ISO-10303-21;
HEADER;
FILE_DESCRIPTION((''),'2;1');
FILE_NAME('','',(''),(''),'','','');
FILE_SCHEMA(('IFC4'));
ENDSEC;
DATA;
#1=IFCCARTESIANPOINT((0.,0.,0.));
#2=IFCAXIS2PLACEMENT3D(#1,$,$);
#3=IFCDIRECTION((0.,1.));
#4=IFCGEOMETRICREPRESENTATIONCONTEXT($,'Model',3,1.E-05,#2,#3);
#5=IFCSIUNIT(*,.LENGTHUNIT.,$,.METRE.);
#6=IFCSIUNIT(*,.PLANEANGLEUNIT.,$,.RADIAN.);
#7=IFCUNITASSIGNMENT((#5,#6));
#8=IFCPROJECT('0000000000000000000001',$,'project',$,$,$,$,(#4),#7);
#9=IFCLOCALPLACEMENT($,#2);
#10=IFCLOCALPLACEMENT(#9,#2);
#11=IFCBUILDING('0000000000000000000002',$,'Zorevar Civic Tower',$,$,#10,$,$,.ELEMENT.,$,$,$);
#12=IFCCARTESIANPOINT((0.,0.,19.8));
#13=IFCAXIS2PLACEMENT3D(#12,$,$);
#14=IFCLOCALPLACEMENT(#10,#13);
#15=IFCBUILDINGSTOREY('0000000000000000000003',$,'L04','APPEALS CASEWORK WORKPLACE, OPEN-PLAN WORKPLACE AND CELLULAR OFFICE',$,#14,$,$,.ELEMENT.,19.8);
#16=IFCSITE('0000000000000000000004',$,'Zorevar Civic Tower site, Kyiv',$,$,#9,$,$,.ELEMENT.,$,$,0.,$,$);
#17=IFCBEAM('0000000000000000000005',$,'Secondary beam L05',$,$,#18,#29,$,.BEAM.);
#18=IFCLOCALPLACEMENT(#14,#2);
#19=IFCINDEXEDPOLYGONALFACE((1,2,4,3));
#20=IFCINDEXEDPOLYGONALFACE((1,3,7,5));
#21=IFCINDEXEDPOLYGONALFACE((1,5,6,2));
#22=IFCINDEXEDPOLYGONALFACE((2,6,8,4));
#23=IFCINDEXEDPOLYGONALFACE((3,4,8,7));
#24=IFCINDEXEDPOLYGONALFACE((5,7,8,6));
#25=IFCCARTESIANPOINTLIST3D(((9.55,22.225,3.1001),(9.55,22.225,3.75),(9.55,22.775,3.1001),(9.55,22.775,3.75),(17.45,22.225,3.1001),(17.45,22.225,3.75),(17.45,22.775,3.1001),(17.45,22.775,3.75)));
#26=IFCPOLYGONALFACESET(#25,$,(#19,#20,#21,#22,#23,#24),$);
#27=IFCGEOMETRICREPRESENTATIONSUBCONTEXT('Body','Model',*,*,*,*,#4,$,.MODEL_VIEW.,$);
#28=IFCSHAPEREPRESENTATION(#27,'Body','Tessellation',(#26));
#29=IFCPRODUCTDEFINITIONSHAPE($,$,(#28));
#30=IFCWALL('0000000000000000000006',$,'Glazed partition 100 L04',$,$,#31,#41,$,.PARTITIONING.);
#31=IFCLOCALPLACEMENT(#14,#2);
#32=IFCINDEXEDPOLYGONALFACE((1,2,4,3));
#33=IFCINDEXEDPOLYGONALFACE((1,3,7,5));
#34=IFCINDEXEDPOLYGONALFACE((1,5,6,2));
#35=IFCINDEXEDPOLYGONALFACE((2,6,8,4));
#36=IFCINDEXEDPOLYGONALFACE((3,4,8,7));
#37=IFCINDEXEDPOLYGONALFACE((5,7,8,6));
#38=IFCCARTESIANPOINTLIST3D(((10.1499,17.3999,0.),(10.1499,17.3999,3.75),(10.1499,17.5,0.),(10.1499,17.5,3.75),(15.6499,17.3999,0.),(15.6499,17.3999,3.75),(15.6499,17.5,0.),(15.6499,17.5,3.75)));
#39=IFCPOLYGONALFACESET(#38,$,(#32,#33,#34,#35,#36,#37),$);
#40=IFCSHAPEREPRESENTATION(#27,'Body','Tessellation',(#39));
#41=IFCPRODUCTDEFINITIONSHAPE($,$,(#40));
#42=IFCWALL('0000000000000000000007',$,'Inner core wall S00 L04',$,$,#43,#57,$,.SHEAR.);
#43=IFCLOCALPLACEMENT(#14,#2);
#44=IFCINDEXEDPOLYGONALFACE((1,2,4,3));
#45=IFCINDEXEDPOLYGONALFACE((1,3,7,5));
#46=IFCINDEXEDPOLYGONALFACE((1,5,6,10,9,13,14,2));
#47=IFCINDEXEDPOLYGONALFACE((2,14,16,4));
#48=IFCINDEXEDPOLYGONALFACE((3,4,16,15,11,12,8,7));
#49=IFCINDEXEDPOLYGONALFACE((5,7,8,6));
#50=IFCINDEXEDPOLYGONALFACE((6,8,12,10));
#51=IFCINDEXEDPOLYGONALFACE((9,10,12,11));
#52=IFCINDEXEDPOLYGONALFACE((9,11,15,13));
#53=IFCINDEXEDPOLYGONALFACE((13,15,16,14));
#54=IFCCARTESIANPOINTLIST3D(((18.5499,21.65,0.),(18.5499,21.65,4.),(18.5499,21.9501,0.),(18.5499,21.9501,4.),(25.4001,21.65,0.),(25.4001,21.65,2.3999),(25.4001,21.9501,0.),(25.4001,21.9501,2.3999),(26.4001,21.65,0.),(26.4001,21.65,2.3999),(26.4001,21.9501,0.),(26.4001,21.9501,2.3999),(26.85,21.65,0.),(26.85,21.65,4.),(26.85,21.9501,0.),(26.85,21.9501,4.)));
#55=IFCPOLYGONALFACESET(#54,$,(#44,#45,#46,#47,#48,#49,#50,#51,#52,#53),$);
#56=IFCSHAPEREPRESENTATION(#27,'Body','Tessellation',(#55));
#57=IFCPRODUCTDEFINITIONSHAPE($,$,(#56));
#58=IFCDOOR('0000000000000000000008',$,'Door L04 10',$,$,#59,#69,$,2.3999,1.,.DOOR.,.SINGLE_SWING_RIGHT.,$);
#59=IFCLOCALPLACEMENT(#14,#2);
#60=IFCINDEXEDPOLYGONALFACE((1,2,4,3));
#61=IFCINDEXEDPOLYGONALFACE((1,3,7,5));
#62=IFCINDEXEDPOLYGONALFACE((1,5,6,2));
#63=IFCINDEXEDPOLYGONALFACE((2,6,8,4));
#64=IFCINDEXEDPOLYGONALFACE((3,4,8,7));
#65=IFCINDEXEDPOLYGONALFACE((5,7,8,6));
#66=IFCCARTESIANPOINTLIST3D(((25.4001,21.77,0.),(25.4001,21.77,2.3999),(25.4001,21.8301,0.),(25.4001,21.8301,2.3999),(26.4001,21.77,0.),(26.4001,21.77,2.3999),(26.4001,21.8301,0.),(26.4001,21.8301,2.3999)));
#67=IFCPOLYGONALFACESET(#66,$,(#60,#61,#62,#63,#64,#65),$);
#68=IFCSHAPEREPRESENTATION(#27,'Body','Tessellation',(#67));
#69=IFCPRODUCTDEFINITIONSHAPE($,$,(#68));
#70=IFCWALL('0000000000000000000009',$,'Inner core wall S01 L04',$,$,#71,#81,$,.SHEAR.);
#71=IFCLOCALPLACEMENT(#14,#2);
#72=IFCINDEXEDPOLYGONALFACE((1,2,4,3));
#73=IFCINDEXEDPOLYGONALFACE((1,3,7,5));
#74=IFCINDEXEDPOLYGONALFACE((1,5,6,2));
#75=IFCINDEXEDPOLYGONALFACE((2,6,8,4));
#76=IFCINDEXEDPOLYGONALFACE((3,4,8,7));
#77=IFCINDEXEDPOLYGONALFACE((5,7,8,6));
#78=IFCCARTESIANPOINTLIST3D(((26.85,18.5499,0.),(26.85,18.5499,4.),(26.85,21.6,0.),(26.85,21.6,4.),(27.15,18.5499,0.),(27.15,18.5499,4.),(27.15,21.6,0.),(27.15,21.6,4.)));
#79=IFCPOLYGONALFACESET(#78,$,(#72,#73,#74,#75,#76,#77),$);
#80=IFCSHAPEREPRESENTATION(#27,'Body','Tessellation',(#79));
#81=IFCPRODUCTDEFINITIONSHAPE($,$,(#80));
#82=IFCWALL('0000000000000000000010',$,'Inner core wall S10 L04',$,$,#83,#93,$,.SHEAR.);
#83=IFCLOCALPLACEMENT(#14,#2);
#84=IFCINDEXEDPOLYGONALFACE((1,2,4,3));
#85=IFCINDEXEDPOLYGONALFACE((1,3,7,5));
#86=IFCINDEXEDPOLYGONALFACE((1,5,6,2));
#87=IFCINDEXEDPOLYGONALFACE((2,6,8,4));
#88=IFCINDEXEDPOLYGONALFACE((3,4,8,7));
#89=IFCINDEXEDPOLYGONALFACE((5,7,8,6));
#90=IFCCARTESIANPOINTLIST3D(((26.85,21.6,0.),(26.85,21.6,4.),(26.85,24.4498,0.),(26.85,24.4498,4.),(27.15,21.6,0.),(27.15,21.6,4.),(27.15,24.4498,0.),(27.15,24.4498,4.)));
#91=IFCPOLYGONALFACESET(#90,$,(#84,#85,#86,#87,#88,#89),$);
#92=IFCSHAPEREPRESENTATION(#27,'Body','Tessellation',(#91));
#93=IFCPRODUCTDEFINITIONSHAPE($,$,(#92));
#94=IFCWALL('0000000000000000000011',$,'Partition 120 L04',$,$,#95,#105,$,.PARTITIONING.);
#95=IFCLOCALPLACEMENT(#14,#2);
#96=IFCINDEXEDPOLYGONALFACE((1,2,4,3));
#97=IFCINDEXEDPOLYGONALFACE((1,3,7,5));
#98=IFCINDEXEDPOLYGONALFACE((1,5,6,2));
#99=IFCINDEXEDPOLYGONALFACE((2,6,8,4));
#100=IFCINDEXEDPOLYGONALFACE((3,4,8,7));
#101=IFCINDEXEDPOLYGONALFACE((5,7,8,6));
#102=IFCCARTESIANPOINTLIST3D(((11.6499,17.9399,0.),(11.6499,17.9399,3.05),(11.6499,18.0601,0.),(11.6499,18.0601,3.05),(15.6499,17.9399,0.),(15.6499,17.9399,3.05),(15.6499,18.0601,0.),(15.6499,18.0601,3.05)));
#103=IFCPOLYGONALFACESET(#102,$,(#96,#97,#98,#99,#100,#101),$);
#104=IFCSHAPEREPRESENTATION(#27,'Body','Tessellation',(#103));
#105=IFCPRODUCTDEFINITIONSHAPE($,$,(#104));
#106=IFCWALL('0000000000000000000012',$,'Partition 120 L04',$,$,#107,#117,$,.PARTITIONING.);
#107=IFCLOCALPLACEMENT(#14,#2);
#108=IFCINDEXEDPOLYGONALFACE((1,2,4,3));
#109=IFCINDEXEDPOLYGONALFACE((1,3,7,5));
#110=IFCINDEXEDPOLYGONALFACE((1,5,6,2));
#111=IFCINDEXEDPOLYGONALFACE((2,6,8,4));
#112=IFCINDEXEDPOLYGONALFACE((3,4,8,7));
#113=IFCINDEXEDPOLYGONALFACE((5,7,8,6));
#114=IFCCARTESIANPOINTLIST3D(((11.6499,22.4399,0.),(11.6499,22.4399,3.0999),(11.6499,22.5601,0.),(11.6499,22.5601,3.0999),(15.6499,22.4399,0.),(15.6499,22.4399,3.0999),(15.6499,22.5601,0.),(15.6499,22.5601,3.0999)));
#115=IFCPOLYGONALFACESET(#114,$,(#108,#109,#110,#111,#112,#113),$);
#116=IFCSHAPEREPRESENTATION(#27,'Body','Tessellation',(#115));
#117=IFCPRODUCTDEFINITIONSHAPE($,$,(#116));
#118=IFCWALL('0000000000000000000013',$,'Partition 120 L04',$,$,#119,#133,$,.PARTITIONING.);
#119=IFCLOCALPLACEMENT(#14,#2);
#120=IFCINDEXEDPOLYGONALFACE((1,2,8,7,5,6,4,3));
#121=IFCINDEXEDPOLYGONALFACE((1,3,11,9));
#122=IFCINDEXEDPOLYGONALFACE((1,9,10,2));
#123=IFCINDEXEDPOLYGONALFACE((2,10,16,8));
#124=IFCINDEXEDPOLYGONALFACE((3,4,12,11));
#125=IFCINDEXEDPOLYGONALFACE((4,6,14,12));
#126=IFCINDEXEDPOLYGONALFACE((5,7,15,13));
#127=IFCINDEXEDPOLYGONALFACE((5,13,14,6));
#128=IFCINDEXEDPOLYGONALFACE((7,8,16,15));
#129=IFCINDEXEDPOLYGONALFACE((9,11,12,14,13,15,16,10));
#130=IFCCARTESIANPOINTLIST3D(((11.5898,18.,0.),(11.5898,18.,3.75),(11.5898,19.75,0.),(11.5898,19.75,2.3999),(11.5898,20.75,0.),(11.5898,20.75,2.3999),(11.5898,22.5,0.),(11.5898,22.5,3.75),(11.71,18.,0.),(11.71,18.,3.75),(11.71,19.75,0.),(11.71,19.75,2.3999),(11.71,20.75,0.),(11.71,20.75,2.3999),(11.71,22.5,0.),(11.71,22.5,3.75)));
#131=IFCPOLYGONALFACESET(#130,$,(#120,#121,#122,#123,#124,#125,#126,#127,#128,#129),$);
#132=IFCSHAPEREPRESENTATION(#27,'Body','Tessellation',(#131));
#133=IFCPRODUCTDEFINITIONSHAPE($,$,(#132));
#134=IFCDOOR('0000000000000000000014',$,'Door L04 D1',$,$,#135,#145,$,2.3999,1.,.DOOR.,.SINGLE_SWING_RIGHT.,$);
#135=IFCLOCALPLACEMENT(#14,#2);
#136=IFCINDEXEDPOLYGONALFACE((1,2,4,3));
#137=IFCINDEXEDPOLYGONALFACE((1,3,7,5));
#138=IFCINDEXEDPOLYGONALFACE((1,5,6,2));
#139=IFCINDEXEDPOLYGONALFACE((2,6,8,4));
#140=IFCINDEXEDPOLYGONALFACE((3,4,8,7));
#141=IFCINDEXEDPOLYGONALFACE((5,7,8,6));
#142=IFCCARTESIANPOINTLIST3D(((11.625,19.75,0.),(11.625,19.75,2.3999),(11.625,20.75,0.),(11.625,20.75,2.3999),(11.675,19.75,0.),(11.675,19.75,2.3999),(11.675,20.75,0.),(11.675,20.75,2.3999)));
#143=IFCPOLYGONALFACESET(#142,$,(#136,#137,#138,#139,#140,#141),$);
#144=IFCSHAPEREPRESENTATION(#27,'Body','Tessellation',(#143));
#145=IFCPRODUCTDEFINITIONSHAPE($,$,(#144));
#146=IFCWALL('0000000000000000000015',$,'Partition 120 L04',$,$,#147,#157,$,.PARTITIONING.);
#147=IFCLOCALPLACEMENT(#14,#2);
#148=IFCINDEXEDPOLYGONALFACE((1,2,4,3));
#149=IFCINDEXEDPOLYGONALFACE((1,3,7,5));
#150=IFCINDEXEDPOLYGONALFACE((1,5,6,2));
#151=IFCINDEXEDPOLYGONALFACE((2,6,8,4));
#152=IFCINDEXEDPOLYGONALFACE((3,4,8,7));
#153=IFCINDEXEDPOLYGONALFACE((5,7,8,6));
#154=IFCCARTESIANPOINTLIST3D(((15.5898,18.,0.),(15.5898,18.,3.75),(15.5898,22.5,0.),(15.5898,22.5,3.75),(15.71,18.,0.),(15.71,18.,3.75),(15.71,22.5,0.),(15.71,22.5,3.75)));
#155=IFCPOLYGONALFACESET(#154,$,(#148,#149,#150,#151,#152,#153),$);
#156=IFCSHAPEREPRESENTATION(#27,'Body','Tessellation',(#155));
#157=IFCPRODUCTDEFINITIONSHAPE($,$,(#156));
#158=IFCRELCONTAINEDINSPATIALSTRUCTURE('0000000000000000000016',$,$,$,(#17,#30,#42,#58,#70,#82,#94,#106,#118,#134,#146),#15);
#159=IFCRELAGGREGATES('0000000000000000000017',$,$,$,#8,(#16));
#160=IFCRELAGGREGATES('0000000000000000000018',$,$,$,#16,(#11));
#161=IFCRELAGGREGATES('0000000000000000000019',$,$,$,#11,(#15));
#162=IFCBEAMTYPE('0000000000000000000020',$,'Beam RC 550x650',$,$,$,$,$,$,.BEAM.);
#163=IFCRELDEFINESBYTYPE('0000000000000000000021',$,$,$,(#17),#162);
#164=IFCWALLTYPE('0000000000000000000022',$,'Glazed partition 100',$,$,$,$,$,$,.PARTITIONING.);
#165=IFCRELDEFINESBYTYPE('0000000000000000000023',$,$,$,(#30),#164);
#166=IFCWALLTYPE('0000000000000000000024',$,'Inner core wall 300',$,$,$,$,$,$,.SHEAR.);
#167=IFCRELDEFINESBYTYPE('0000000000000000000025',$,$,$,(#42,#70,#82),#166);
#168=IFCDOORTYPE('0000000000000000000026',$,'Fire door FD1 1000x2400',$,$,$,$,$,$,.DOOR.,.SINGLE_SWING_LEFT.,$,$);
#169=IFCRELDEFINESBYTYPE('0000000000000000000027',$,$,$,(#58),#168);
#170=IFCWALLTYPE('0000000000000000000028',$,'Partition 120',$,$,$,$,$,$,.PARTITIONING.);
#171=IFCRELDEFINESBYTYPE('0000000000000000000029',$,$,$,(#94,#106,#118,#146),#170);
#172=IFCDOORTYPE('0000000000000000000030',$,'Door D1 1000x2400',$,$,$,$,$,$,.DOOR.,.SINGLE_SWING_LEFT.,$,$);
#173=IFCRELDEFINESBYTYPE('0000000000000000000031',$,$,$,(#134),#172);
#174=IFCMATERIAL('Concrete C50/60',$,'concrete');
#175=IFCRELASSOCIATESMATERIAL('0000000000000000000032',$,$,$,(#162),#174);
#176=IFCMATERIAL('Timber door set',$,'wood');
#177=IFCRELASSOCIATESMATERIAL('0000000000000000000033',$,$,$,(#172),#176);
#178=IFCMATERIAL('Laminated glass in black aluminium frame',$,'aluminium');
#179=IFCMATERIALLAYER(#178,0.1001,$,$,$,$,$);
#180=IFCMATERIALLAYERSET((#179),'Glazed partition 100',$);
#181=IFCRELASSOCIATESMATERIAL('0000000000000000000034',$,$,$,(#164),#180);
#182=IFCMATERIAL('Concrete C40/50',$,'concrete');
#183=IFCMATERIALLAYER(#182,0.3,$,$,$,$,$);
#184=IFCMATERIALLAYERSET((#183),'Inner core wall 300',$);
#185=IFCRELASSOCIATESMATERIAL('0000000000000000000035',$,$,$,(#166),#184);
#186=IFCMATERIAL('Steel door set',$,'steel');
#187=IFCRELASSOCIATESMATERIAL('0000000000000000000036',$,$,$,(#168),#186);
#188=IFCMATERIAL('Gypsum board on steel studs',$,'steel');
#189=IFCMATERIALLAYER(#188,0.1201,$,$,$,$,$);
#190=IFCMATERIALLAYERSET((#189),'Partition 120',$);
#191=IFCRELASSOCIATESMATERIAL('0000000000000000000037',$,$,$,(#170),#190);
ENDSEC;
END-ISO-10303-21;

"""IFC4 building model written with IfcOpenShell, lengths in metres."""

from ifc_helpers import new_model, si_unit, direction, frame, frame_2d, origin, origin_2d, place, context, subcontext, project, spatial, rectangle, extrude, material, layer, layer_set, material_profile, profile_set, type_object, element, fill, save


model = new_model("IFC4")

# Units and contexts
model_context = context("Model", 3, precision=1e-05, world=origin(), true_north=direction((0.0, 1.0)))
body_context = subcontext(model_context, "Body", "Model", "MODEL_VIEW")
ifc_project = project(units=[si_unit("LENGTHUNIT", "METRE"), si_unit("PLANEANGLEUNIT", "RADIAN")], contexts=[model_context])

# Site, building, storey
site_placement = place(None, origin())
site = spatial("IfcSite", under=ifc_project, at=site_placement, Name="Zorevar Civic Tower site, Kyiv", CompositionType="ELEMENT", RefElevation=0.0)
building_placement = place(site_placement, origin())
building = spatial("IfcBuilding", under=site, at=building_placement, Name="Zorevar Civic Tower", CompositionType="ELEMENT")
storey_placement = place(building_placement, frame((0.0, 0.0, 19.8)))
storey = spatial("IfcBuildingStorey", under=building, at=storey_placement, Name="L04", Description="APPEALS CASEWORK WORKPLACE, OPEN-PLAN WORKPLACE AND CELLULAR OFFICE", CompositionType="ELEMENT", Elevation=19.8)

# Beam
ifc_material_1 = material(Name="Concrete C50/60", Category="concrete")
ifc_material_profile = material_profile(ifc_material_1, rectangle(XDim=0.55, YDim=0.6499, at=origin_2d()), Name="RC 550x650")
ifc_profile_set = profile_set([ifc_material_profile], Name="Concrete C50/60")
beam_type = type_object("IfcBeamType", Name="Beam RC 550x650", PredefinedType="BEAM", material=ifc_profile_set)
beam_placement = place(storey_placement, frame((9.55, 22.5, 3.425), z_axis=(1.0, 0.0, 0.0), x_axis=(0.0, 1.0, 0.0)))
element("IfcBeam", 1, at=beam_placement, inside=storey, type_object=beam_type, Name="Secondary beam L05", PredefinedType="BEAM", context=body_context, shape_type="SweptSolid", body=[
    extrude(rectangle(XDim=0.55, YDim=0.6499, at=origin_2d()), origin(), (0.0, 0.0, 1.0), 7.8999),
])

# Shared definitions
ifc_material_2 = material(Name="Timber door set", Category="wood")
door_type_1 = type_object("IfcDoorType", Name="Door D1 1000x2400", OperationType="SINGLE_SWING_LEFT", PredefinedType="DOOR", material=ifc_material_2)

# Wall
ifc_material_3 = material(Name="Laminated glass in black aluminium frame", Category="aluminium")
ifc_layer_1 = layer(ifc_material_3, 0.1001)
ifc_layer_set_1 = layer_set([ifc_layer_1], Name="Glazed partition 100")
wall_type_1 = type_object("IfcWallType", Name="Glazed partition 100", PredefinedType="PARTITIONING", material=ifc_layer_set_1)
wall_1_placement = place(storey_placement, frame((10.1499, 17.45, 0.0), z_axis=(0.0, 0.0, 1.0), x_axis=(1.0, 0.0, 0.0)))
element("IfcWall", 2, at=wall_1_placement, inside=storey, type_object=wall_type_1, Name="Glazed partition 100 L04", PredefinedType="PARTITIONING", context=body_context, shape_type="SweptSolid", body=[
    extrude(rectangle(XDim=5.5, YDim=0.1001, at=frame_2d((2.75, 0.0))), origin(), (0.0, 0.0, 1.0), 3.75),
])

# Wall, opening, door
ifc_material_4 = material(Name="Concrete C40/50", Category="concrete")
ifc_layer_2 = layer(ifc_material_4, 0.3)
ifc_layer_set_2 = layer_set([ifc_layer_2], Name="Inner core wall 300")
wall_type_2 = type_object("IfcWallType", Name="Inner core wall 300", PredefinedType="SHEAR", material=ifc_layer_set_2)
wall_2_placement = place(storey_placement, frame((18.55, 21.8, 0.0), z_axis=(0.0, 0.0, 1.0), x_axis=(1.0, 0.0, 0.0)))
wall_2 = element("IfcWall", 3, at=wall_2_placement, inside=storey, type_object=wall_type_2, Name="Inner core wall S00 L04", PredefinedType="SHEAR", context=body_context, shape_type="SweptSolid", body=[
    extrude(rectangle(XDim=8.3, YDim=0.3, at=frame_2d((4.1499, 0.0))), origin(), (0.0, 0.0, 1.0), 4.0),
])
opening_1_placement = place(wall_2_placement, frame((6.8501, 0.0, 0.0)))
opening_1 = element("IfcOpeningElement", 4, at=opening_1_placement, cuts=wall_2, PredefinedType="OPENING", context=body_context, shape_type="SweptSolid", body=[
    extrude(rectangle(XDim=1.0, YDim=2.3999, at=frame_2d((0.5, 1.2))), frame((0.0, 0.1599, 0.0), z_axis=(0.0, -1.0, 0.0), x_axis=(1.0, 0.0, 0.0)), (0.0, 0.0, 1.0), 0.3201),
])
ifc_material_5 = material(Name="Steel door set", Category="steel")
door_type_2 = type_object("IfcDoorType", Name="Fire door FD1 1000x2400", OperationType="SINGLE_SWING_LEFT", PredefinedType="DOOR", material=ifc_material_5)
door_1_placement = place(opening_1_placement, origin())
door_1 = element("IfcDoor", 5, at=door_1_placement, inside=storey, type_object=door_type_2, Name="Door L04 10", OperationType="SINGLE_SWING_RIGHT", OverallHeight=2.3999, OverallWidth=1.0, PredefinedType="DOOR", context=body_context, shape_type="SweptSolid", body=[
    extrude(rectangle(XDim=1.0, YDim=2.3999, at=frame_2d((0.5, 1.2))), frame((0.0, 0.03, 0.0), z_axis=(0.0, -1.0, 0.0), x_axis=(1.0, 0.0, 0.0)), (0.0, 0.0, 1.0), 0.0601),
])
fill(opening_1, door_1)

# Wall
wall_3_placement = place(storey_placement, frame((27.0, 18.55, 0.0), z_axis=(0.0, 0.0, 1.0), x_axis=(0.0, 1.0, 0.0)))
element("IfcWall", 6, at=wall_3_placement, inside=storey, type_object=wall_type_2, Name="Inner core wall S01 L04", PredefinedType="SHEAR", context=body_context, shape_type="SweptSolid", body=[
    extrude(rectangle(XDim=3.05, YDim=0.3, at=frame_2d((1.5249, 0.0))), origin(), (0.0, 0.0, 1.0), 4.0),
])

# Walls
wall_4_placement = place(storey_placement, frame((27.0, 21.6001, 0.0), z_axis=(0.0, 0.0, 1.0), x_axis=(0.0, 1.0, 0.0)))
element("IfcWall", 7, at=wall_4_placement, inside=storey, type_object=wall_type_2, Name="Inner core wall S10 L04", PredefinedType="SHEAR", context=body_context, shape_type="SweptSolid", body=[
    extrude(rectangle(XDim=2.8499, YDim=0.3, at=frame_2d((1.4248, 0.0))), origin(), (0.0, 0.0, 1.0), 4.0),
])
ifc_material_6 = material(Name="Gypsum board on steel studs", Category="steel")
ifc_layer_3 = layer(ifc_material_6, 0.1201)
ifc_layer_set_3 = layer_set([ifc_layer_3], Name="Partition 120")
wall_type_3 = type_object("IfcWallType", Name="Partition 120", PredefinedType="PARTITIONING", material=ifc_layer_set_3)
wall_5_placement = place(storey_placement, frame((11.6499, 18.0, 0.0), z_axis=(0.0, 0.0, 1.0), x_axis=(1.0, 0.0, 0.0)))
element("IfcWall", 8, at=wall_5_placement, inside=storey, type_object=wall_type_3, Name="Partition 120 L04", PredefinedType="PARTITIONING", context=body_context, shape_type="SweptSolid", body=[
    extrude(rectangle(XDim=4.0, YDim=0.1201, at=frame_2d((2.0, 0.0))), origin(), (0.0, 0.0, 1.0), 3.05),
])
wall_6_placement = place(storey_placement, frame((11.6499, 22.5, 0.0), z_axis=(0.0, 0.0, 1.0), x_axis=(1.0, 0.0, 0.0)))
element("IfcWall", 9, at=wall_6_placement, inside=storey, type_object=wall_type_3, Name="Partition 120 L04", PredefinedType="PARTITIONING", context=body_context, shape_type="SweptSolid", body=[
    extrude(rectangle(XDim=4.0, YDim=0.1201, at=frame_2d((2.0, 0.0))), origin(), (0.0, 0.0, 1.0), 3.0999),
])

# Wall, opening, door
wall_7_placement = place(storey_placement, frame((11.6499, 18.0, 0.0), z_axis=(0.0, 0.0, 1.0), x_axis=(0.0, 1.0, 0.0)))
wall_7 = element("IfcWall", 10, at=wall_7_placement, inside=storey, type_object=wall_type_3, Name="Partition 120 L04", PredefinedType="PARTITIONING", context=body_context, shape_type="SweptSolid", body=[
    extrude(rectangle(XDim=4.5, YDim=0.1201, at=frame_2d((2.25, 0.0))), origin(), (0.0, 0.0, 1.0), 3.75),
])
opening_2_placement = place(wall_7_placement, frame((1.75, 0.0, 0.0)))
opening_2 = element("IfcOpeningElement", 11, at=opening_2_placement, cuts=wall_7, PredefinedType="OPENING", context=body_context, shape_type="SweptSolid", body=[
    extrude(rectangle(XDim=1.0, YDim=2.3999, at=frame_2d((0.5, 1.2))), frame((0.0, 0.0701, 0.0), z_axis=(0.0, -1.0, 0.0), x_axis=(1.0, 0.0, 0.0)), (0.0, 0.0, 1.0), 0.1401),
])
door_2_placement = place(opening_2_placement, origin())
door_2 = element("IfcDoor", 12, at=door_2_placement, inside=storey, type_object=door_type_1, Name="Door L04 D1", OperationType="SINGLE_SWING_RIGHT", OverallHeight=2.3999, OverallWidth=1.0, PredefinedType="DOOR", context=body_context, shape_type="SweptSolid", body=[
    extrude(rectangle(XDim=1.0, YDim=2.3999, at=frame_2d((0.5, 1.2))), frame((0.0, 0.0249, 0.0), z_axis=(0.0, -1.0, 0.0), x_axis=(1.0, 0.0, 0.0)), (0.0, 0.0, 1.0), 0.05),
])
fill(opening_2, door_2)

# Wall
wall_8_placement = place(storey_placement, frame((15.6499, 18.0, 0.0), z_axis=(0.0, 0.0, 1.0), x_axis=(0.0, 1.0, 0.0)))
element("IfcWall", 13, at=wall_8_placement, inside=storey, type_object=wall_type_3, Name="Partition 120 L04", PredefinedType="PARTITIONING", context=body_context, shape_type="SweptSolid", body=[
    extrude(rectangle(XDim=4.5, YDim=0.1201, at=frame_2d((2.25, 0.0))), origin(), (0.0, 0.0, 1.0), 3.75),
])

save(model, "model.ifc")
